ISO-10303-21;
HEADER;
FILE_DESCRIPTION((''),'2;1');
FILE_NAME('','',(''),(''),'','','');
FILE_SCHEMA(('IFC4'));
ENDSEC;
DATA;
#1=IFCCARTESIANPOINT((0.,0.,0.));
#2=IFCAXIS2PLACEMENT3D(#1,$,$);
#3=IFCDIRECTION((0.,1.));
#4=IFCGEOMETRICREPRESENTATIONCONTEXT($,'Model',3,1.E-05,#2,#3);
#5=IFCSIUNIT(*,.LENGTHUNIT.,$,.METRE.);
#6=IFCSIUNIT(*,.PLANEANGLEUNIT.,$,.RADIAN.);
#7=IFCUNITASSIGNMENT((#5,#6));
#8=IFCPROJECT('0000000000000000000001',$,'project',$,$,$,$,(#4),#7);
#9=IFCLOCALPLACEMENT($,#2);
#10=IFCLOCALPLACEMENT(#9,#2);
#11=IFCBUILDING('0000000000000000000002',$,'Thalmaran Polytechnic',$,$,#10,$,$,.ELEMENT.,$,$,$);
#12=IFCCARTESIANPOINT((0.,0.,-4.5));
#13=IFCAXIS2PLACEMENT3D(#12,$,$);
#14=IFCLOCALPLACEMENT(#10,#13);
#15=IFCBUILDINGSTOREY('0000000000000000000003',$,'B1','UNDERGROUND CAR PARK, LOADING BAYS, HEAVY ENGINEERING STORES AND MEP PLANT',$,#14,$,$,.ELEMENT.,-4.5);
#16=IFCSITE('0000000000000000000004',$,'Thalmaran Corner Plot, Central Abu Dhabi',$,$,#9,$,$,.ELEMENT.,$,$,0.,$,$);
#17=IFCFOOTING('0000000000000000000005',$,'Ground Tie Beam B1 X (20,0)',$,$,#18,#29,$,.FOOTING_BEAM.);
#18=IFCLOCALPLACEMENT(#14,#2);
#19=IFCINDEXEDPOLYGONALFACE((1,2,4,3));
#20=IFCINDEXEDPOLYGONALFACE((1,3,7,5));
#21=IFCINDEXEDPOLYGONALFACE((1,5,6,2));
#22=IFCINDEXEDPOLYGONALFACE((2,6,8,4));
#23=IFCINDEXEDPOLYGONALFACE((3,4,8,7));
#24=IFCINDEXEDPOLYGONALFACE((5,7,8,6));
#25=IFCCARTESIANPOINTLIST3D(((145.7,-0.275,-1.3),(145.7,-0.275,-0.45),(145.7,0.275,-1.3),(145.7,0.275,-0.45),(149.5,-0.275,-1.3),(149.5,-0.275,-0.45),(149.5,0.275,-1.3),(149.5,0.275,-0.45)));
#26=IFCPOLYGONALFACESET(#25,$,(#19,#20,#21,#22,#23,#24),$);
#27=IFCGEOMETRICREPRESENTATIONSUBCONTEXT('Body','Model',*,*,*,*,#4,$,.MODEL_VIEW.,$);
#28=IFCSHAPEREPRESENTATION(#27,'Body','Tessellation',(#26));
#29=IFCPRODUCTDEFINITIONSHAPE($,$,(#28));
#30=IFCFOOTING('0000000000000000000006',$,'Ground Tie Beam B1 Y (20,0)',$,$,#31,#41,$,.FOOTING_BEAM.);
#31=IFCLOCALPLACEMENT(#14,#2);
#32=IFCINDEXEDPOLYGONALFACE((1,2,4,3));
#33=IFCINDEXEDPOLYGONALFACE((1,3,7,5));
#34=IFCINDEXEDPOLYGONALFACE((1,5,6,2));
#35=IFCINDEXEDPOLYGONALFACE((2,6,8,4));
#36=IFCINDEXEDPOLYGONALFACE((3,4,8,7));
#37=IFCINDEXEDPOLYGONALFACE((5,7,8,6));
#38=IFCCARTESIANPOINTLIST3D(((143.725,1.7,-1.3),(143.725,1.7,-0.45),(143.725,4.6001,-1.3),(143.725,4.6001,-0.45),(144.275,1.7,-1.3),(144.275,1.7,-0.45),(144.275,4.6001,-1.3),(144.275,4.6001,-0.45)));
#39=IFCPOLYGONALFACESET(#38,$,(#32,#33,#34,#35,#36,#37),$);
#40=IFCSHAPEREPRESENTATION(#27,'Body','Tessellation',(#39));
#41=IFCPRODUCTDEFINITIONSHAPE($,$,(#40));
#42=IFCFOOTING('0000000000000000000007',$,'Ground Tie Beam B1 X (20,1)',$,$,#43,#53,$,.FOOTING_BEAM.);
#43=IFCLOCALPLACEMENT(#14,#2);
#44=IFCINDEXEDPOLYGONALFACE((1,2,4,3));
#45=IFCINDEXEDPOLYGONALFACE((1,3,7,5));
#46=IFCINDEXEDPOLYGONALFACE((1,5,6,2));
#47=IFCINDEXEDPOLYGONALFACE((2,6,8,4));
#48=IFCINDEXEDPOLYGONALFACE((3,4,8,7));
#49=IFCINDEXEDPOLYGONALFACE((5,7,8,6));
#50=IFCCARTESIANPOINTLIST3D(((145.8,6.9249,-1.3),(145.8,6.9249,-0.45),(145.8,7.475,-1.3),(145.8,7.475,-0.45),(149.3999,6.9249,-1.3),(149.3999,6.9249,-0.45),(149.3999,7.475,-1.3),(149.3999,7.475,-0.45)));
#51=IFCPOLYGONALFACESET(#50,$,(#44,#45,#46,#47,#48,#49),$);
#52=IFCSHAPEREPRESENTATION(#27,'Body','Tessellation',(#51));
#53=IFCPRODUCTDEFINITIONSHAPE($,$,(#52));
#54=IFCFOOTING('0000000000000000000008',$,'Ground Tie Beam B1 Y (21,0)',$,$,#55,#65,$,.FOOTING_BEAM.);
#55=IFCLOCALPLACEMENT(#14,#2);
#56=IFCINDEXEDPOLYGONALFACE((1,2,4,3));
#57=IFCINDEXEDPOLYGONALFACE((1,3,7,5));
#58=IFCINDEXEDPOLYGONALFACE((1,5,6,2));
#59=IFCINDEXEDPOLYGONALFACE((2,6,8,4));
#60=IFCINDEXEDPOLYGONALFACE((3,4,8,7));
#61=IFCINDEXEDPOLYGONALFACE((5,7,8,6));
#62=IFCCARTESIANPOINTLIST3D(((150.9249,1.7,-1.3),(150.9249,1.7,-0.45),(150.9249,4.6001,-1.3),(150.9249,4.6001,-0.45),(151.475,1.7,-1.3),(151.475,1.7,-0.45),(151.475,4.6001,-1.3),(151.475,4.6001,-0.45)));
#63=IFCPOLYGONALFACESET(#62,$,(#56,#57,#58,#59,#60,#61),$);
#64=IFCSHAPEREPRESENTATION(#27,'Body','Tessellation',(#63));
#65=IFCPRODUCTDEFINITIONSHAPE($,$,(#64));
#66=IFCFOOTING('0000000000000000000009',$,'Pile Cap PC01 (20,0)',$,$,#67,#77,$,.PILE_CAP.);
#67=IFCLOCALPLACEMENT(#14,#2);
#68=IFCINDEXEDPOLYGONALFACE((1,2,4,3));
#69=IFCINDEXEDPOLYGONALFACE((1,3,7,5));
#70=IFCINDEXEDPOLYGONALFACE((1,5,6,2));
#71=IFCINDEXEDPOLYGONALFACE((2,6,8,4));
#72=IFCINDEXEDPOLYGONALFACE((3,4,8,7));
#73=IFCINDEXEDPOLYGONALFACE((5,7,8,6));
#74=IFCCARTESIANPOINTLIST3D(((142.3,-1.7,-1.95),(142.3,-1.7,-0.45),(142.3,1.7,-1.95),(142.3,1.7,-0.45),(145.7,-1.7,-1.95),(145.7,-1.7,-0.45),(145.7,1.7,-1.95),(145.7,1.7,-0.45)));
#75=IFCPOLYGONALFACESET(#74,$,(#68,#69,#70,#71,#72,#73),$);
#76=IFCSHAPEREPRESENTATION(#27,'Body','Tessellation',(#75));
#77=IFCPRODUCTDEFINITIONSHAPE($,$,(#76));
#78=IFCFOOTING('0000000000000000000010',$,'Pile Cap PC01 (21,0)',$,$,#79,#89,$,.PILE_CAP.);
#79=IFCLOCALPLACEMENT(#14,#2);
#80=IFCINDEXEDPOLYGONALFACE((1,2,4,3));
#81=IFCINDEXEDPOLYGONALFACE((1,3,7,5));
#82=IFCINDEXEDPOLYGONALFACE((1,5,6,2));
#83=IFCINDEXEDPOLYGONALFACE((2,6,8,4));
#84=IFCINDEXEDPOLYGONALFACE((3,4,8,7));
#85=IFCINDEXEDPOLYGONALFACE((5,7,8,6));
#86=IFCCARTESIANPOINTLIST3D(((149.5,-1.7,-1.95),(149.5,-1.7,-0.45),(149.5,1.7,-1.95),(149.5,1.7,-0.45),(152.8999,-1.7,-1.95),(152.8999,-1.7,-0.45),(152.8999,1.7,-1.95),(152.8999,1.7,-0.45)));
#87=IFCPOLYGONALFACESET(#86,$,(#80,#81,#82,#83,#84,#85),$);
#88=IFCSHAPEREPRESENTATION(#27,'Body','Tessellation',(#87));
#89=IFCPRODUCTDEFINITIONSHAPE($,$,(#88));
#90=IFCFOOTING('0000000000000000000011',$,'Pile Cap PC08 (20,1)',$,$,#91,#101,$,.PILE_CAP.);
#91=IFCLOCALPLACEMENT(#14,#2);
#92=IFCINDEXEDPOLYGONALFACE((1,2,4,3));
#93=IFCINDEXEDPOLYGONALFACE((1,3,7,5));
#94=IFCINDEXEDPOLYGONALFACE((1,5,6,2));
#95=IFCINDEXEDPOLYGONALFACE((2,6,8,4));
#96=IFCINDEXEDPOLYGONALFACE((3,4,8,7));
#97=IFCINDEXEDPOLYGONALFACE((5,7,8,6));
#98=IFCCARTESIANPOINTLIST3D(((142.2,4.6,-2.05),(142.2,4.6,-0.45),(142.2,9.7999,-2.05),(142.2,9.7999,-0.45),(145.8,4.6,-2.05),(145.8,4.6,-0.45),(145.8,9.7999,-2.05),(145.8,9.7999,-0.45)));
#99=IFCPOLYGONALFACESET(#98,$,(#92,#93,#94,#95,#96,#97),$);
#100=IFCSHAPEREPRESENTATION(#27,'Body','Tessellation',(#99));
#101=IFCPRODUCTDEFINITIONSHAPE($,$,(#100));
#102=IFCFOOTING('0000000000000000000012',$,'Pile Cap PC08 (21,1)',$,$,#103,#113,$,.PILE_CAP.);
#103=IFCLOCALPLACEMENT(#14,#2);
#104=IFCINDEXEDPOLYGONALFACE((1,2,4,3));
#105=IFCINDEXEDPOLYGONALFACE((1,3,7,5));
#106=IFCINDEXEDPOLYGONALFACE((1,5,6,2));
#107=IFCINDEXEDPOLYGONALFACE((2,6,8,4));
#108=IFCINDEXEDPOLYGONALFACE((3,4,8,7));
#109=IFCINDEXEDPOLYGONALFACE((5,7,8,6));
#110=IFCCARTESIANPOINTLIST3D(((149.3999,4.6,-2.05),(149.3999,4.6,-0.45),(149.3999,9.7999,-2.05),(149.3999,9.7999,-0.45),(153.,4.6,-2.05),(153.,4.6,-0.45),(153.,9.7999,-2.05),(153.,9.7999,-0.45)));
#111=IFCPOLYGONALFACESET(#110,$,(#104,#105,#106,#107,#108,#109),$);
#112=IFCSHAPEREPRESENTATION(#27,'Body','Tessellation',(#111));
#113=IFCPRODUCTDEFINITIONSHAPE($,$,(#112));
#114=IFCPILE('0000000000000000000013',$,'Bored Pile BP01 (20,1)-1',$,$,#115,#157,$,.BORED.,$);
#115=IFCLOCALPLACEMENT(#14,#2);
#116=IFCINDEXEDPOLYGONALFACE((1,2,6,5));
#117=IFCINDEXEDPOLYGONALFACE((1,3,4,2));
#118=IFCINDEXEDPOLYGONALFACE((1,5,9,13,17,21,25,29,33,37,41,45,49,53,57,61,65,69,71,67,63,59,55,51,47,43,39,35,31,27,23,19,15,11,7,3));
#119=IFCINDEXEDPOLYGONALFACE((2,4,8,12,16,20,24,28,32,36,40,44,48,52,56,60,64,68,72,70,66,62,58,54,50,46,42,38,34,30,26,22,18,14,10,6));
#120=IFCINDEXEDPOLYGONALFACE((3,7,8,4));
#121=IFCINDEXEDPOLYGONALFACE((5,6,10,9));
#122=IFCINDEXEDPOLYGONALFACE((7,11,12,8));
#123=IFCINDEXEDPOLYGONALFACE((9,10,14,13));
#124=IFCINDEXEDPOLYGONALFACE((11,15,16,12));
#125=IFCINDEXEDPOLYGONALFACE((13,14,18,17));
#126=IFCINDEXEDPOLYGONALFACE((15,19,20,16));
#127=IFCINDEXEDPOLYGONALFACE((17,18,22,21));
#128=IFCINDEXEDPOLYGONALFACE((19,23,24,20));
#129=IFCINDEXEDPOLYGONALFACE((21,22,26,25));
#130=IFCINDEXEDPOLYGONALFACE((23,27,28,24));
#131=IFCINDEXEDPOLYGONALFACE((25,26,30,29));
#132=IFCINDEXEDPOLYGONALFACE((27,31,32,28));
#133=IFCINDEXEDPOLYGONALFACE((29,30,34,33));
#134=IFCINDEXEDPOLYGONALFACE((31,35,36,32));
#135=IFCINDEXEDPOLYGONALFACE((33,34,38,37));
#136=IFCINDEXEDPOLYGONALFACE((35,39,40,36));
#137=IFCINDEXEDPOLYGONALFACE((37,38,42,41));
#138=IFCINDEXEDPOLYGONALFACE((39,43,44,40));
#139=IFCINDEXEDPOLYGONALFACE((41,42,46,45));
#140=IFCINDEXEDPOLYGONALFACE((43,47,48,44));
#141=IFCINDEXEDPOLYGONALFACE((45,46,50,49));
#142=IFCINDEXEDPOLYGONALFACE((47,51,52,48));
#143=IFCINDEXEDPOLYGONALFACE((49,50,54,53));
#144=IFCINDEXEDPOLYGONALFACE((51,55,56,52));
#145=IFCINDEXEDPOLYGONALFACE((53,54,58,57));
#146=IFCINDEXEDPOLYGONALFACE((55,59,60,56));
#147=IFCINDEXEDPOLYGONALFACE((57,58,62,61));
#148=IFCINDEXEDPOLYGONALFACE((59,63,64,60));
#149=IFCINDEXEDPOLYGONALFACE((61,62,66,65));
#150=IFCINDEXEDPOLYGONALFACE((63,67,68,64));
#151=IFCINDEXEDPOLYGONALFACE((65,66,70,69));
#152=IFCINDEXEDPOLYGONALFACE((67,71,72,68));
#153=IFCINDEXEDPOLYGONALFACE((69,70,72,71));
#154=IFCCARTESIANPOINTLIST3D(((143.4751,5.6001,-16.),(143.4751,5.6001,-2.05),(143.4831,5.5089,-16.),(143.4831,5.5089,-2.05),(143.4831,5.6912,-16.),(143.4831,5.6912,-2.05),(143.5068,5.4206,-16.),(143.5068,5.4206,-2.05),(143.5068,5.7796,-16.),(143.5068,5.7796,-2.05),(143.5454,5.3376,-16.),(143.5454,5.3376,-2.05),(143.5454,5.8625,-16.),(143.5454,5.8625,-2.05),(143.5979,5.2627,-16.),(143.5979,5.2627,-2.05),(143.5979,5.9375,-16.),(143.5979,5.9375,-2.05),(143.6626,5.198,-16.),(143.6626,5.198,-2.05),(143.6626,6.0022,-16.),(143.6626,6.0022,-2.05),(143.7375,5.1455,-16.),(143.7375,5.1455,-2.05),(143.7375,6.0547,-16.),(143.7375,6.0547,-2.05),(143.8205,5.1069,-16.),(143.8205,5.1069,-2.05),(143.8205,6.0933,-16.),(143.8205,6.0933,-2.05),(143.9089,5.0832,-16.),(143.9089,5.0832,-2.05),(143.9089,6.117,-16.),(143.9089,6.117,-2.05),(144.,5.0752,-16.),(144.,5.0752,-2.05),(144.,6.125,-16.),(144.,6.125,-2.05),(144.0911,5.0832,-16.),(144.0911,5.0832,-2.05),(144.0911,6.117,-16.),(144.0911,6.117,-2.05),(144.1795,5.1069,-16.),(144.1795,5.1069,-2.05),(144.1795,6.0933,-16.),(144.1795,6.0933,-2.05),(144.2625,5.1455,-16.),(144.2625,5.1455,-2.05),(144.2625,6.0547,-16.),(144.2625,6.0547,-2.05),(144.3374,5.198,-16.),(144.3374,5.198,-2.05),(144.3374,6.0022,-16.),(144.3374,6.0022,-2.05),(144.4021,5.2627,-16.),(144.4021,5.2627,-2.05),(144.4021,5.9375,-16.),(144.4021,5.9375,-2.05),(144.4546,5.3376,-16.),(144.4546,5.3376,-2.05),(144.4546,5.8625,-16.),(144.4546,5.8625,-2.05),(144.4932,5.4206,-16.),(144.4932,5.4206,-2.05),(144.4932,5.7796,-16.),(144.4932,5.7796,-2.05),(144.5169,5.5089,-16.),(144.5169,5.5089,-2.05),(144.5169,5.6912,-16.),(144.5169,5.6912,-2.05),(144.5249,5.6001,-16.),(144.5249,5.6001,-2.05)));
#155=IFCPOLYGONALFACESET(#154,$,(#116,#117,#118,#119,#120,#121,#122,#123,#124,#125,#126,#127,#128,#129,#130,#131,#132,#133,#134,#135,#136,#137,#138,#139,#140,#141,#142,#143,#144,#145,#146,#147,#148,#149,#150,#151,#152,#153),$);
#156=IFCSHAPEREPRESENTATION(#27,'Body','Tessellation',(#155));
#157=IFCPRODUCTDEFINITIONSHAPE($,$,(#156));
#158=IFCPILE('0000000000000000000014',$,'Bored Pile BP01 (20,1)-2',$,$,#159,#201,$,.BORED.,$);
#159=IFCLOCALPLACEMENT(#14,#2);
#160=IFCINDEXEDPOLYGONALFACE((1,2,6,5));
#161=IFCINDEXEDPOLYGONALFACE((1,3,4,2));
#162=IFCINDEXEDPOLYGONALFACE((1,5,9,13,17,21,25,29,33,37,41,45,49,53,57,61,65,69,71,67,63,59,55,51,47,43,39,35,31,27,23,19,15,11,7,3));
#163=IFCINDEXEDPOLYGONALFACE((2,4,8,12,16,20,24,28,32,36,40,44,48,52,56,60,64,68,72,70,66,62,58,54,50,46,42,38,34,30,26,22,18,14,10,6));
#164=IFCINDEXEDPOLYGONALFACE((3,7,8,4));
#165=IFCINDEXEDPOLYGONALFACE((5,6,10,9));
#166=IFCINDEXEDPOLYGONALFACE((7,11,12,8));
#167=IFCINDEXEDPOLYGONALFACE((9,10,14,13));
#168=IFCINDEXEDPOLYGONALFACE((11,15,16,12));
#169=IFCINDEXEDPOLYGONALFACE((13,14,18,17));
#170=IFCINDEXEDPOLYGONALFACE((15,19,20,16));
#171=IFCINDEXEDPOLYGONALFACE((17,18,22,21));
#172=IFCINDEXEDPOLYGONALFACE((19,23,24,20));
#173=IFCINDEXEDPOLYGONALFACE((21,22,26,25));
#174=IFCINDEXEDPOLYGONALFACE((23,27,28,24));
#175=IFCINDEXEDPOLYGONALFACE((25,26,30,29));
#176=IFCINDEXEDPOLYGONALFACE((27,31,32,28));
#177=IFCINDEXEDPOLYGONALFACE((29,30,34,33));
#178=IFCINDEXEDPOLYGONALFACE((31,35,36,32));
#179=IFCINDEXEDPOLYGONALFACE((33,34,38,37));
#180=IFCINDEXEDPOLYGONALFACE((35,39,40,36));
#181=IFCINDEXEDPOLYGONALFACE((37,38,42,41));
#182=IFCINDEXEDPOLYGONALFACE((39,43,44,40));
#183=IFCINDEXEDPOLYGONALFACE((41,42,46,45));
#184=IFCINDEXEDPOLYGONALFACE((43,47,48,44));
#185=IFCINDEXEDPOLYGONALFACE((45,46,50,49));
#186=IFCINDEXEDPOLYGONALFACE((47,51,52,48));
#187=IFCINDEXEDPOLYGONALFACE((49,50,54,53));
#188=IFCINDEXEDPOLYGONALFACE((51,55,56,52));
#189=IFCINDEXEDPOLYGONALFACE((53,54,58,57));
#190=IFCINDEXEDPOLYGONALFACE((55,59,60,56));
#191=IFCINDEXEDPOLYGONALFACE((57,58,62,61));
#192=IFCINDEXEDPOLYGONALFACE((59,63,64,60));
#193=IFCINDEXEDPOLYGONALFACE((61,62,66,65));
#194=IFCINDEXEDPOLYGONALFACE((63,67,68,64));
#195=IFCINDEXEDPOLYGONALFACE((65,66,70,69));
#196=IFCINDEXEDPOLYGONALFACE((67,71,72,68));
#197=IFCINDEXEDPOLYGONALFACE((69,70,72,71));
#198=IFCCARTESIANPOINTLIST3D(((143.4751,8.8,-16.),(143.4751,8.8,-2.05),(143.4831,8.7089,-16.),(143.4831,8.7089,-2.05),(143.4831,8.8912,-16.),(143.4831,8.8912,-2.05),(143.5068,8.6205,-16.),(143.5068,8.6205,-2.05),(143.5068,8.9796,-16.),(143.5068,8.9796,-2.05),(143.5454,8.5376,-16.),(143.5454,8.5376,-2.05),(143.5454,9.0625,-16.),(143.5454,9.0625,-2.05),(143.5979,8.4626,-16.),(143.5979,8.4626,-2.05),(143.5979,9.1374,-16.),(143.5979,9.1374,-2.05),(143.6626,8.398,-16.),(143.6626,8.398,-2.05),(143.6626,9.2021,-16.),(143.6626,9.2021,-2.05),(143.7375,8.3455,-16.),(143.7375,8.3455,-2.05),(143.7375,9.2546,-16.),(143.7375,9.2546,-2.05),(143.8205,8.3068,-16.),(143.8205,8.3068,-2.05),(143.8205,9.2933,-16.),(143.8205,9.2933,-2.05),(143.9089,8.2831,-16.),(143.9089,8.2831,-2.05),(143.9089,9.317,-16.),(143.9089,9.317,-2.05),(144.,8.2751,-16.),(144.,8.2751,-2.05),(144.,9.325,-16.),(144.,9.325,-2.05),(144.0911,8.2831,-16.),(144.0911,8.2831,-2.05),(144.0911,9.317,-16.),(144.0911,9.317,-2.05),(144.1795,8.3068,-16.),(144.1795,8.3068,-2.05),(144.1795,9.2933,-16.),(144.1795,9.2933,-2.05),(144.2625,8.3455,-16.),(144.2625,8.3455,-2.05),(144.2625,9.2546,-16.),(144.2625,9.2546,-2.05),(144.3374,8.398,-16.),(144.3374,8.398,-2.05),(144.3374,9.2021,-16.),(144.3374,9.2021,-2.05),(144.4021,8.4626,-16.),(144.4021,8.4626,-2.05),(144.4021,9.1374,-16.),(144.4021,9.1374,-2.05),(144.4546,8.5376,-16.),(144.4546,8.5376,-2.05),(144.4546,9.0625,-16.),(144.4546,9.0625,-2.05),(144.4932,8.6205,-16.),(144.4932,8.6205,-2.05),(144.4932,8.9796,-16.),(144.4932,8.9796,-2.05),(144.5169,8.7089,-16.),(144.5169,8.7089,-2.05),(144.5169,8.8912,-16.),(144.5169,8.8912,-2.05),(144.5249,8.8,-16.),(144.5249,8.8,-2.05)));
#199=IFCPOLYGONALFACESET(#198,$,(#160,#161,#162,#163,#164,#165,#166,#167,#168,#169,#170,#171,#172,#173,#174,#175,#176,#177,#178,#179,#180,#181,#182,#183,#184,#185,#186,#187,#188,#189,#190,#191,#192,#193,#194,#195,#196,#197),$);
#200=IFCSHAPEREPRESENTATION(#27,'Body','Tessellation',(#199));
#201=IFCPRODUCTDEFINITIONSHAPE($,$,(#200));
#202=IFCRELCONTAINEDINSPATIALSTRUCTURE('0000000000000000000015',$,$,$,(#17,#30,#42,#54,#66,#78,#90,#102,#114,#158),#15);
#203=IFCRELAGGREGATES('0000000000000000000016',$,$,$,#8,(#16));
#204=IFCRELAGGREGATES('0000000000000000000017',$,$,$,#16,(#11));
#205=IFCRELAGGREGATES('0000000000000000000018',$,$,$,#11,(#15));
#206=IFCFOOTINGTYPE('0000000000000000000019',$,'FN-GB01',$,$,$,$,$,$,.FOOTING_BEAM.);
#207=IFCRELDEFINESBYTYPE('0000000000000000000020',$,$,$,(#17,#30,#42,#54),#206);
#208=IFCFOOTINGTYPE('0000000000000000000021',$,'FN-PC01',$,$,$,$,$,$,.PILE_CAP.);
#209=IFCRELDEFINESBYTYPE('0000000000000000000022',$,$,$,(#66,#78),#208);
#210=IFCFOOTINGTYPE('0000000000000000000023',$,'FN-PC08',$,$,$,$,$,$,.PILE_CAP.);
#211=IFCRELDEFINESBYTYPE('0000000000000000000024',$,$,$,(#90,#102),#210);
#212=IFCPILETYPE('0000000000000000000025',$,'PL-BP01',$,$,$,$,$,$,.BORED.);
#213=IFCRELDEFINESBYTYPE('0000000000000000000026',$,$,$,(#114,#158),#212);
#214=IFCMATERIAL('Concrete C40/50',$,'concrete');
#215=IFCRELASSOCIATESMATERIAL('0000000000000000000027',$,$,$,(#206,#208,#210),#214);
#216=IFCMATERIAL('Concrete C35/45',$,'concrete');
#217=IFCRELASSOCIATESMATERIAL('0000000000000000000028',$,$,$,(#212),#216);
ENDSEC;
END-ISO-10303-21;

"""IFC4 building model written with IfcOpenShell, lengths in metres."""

from ifc_helpers import new_model, si_unit, direction, frame, origin, origin_2d, place, context, subcontext, project, spatial, rectangle, circle, extrude, material, material_profile, profile_set, type_object, element, save


model = new_model("IFC4")

# Units and contexts
model_context = context("Model", 3, precision=1e-05, world=origin(), true_north=direction((0.0, 1.0)))
body_context = subcontext(model_context, "Body", "Model", "MODEL_VIEW")
ifc_project = project(units=[si_unit("LENGTHUNIT", "METRE"), si_unit("PLANEANGLEUNIT", "RADIAN")], contexts=[model_context])

# Site, building, storey
site_placement = place(None, origin())
site = spatial("IfcSite", under=ifc_project, at=site_placement, Name="Thalmaran Corner Plot, Central Abu Dhabi", CompositionType="ELEMENT", RefElevation=0.0)
building_placement = place(site_placement, origin())
building = spatial("IfcBuilding", under=site, at=building_placement, Name="Thalmaran Polytechnic", CompositionType="ELEMENT")
storey_placement = place(building_placement, frame((0.0, 0.0, -4.5)))
storey = spatial("IfcBuildingStorey", under=building, at=storey_placement, Name="B1", Description="UNDERGROUND CAR PARK, LOADING BAYS, HEAVY ENGINEERING STORES AND MEP PLANT", CompositionType="ELEMENT", Elevation=-4.5)

# Footings
ifc_material_1 = material(Name="Concrete C40/50", Category="concrete")
ifc_material_profile_1 = material_profile(ifc_material_1, rectangle(XDim=0.55, YDim=0.8501, at=origin_2d()), Name="RC 550x850")
ifc_profile_set_1 = profile_set([ifc_material_profile_1], Name="Concrete C40/50")
footing_type_1 = type_object("IfcFootingType", Name="FN-GB01", PredefinedType="FOOTING_BEAM", material=ifc_profile_set_1)
footing_1_placement = place(storey_placement, frame((145.7, 0.0, -0.875), z_axis=(1.0, 0.0, 0.0), x_axis=(0.0, 1.0, 0.0)))
element("IfcFooting", 1, at=footing_1_placement, inside=storey, type_object=footing_type_1, Name="Ground Tie Beam B1 X (20,0)", PredefinedType="FOOTING_BEAM", context=body_context, shape_type="SweptSolid", body=[
    extrude(rectangle(XDim=0.55, YDim=0.8501, at=origin_2d()), origin(), (0.0, 0.0, 1.0), 3.8),
])
footing_2_placement = place(storey_placement, frame((144.0, 1.7, -0.875), z_axis=(0.0, 1.0, 0.0), x_axis=(-1.0, 0.0, 0.0)))
element("IfcFooting", 2, at=footing_2_placement, inside=storey, type_object=footing_type_1, Name="Ground Tie Beam B1 Y (20,0)", PredefinedType="FOOTING_BEAM", context=body_context, shape_type="SweptSolid", body=[
    extrude(rectangle(XDim=0.55, YDim=0.8501, at=origin_2d()), origin(), (0.0, 0.0, 1.0), 2.9001),
])
footing_3_placement = place(storey_placement, frame((145.8, 7.2, -0.875), z_axis=(1.0, 0.0, 0.0), x_axis=(0.0, 1.0, 0.0)))
element("IfcFooting", 3, at=footing_3_placement, inside=storey, type_object=footing_type_1, Name="Ground Tie Beam B1 X (20,1)", PredefinedType="FOOTING_BEAM", context=body_context, shape_type="SweptSolid", body=[
    extrude(rectangle(XDim=0.55, YDim=0.8501, at=origin_2d()), origin(), (0.0, 0.0, 1.0), 3.5999),
])
footing_4_placement = place(storey_placement, frame((151.2, 1.7, -0.875), z_axis=(0.0, 1.0, 0.0), x_axis=(-1.0, 0.0, 0.0)))
element("IfcFooting", 4, at=footing_4_placement, inside=storey, type_object=footing_type_1, Name="Ground Tie Beam B1 Y (21,0)", PredefinedType="FOOTING_BEAM", context=body_context, shape_type="SweptSolid", body=[
    extrude(rectangle(XDim=0.55, YDim=0.8501, at=origin_2d()), origin(), (0.0, 0.0, 1.0), 2.9001),
])
footing_type_2 = type_object("IfcFootingType", Name="FN-PC01", PredefinedType="PILE_CAP", material=ifc_material_1)
for number, where, z_axis, x_axis, name in (
    (5, (144.0, 0.0, -1.95), (0.0, 0.0, 1.0), (1.0, 0.0, 0.0), "Pile Cap PC01 (20,0)"),
    (6, (151.2, 0.0, -1.95), (0.0, 0.0, 1.0), (1.0, 0.0, 0.0), "Pile Cap PC01 (21,0)"),
):
    element("IfcFooting", number, at=place(storey_placement, frame(where, z_axis=z_axis, x_axis=x_axis)), inside=storey, type_object=footing_type_2, Name=name, PredefinedType="PILE_CAP", context=body_context, shape_type="SweptSolid", body=[
        extrude(rectangle(XDim=3.3999, YDim=3.3999, at=origin_2d()), origin(), (0.0, 0.0, 1.0), 1.5),
    ])
footing_type_3 = type_object("IfcFootingType", Name="FN-PC08", PredefinedType="PILE_CAP", material=ifc_material_1)
for number, where, z_axis, x_axis, name in (
    (7, (144.0, 7.2, -2.05), (0.0, 0.0, 1.0), (1.0, 0.0, 0.0), "Pile Cap PC08 (20,1)"),
    (8, (151.2, 7.2, -2.05), (0.0, 0.0, 1.0), (1.0, 0.0, 0.0), "Pile Cap PC08 (21,1)"),
):
    element("IfcFooting", number, at=place(storey_placement, frame(where, z_axis=z_axis, x_axis=x_axis)), inside=storey, type_object=footing_type_3, Name=name, PredefinedType="PILE_CAP", context=body_context, shape_type="SweptSolid", body=[
        extrude(rectangle(XDim=3.6001, YDim=5.2, at=origin_2d()), origin(), (0.0, 0.0, 1.0), 1.6001),
    ])

# Piles
ifc_material_2 = material(Name="Concrete C35/45", Category="concrete")
ifc_material_profile_2 = material_profile(ifc_material_2, circle(Radius=0.5249, at=origin_2d()), Name="RC 1050 DIA")
ifc_profile_set_2 = profile_set([ifc_material_profile_2], Name="Concrete C35/45")
pile_type_1 = type_object("IfcPileType", Name="PL-BP01", PredefinedType="BORED", material=ifc_profile_set_2)
for number, where, z_axis, x_axis, name in (
    (9, (144.0, 5.6001, -2.05), (0.0, 0.0, -1.0), (1.0, 0.0, 0.0), "Bored Pile BP01 (20,1)-1"),
    (10, (144.0, 8.8, -2.05), (0.0, 0.0, -1.0), (1.0, 0.0, 0.0), "Bored Pile BP01 (20,1)-2"),
):
    element("IfcPile", number, at=place(storey_placement, frame(where, z_axis=z_axis, x_axis=x_axis)), inside=storey, type_object=pile_type_1, Name=name, PredefinedType="BORED", context=body_context, shape_type="SweptSolid", body=[
        extrude(circle(Radius=0.5249, at=origin_2d()), origin(), (0.0, 0.0, 1.0), 13.95),
    ])

save(model, "model.ifc")
